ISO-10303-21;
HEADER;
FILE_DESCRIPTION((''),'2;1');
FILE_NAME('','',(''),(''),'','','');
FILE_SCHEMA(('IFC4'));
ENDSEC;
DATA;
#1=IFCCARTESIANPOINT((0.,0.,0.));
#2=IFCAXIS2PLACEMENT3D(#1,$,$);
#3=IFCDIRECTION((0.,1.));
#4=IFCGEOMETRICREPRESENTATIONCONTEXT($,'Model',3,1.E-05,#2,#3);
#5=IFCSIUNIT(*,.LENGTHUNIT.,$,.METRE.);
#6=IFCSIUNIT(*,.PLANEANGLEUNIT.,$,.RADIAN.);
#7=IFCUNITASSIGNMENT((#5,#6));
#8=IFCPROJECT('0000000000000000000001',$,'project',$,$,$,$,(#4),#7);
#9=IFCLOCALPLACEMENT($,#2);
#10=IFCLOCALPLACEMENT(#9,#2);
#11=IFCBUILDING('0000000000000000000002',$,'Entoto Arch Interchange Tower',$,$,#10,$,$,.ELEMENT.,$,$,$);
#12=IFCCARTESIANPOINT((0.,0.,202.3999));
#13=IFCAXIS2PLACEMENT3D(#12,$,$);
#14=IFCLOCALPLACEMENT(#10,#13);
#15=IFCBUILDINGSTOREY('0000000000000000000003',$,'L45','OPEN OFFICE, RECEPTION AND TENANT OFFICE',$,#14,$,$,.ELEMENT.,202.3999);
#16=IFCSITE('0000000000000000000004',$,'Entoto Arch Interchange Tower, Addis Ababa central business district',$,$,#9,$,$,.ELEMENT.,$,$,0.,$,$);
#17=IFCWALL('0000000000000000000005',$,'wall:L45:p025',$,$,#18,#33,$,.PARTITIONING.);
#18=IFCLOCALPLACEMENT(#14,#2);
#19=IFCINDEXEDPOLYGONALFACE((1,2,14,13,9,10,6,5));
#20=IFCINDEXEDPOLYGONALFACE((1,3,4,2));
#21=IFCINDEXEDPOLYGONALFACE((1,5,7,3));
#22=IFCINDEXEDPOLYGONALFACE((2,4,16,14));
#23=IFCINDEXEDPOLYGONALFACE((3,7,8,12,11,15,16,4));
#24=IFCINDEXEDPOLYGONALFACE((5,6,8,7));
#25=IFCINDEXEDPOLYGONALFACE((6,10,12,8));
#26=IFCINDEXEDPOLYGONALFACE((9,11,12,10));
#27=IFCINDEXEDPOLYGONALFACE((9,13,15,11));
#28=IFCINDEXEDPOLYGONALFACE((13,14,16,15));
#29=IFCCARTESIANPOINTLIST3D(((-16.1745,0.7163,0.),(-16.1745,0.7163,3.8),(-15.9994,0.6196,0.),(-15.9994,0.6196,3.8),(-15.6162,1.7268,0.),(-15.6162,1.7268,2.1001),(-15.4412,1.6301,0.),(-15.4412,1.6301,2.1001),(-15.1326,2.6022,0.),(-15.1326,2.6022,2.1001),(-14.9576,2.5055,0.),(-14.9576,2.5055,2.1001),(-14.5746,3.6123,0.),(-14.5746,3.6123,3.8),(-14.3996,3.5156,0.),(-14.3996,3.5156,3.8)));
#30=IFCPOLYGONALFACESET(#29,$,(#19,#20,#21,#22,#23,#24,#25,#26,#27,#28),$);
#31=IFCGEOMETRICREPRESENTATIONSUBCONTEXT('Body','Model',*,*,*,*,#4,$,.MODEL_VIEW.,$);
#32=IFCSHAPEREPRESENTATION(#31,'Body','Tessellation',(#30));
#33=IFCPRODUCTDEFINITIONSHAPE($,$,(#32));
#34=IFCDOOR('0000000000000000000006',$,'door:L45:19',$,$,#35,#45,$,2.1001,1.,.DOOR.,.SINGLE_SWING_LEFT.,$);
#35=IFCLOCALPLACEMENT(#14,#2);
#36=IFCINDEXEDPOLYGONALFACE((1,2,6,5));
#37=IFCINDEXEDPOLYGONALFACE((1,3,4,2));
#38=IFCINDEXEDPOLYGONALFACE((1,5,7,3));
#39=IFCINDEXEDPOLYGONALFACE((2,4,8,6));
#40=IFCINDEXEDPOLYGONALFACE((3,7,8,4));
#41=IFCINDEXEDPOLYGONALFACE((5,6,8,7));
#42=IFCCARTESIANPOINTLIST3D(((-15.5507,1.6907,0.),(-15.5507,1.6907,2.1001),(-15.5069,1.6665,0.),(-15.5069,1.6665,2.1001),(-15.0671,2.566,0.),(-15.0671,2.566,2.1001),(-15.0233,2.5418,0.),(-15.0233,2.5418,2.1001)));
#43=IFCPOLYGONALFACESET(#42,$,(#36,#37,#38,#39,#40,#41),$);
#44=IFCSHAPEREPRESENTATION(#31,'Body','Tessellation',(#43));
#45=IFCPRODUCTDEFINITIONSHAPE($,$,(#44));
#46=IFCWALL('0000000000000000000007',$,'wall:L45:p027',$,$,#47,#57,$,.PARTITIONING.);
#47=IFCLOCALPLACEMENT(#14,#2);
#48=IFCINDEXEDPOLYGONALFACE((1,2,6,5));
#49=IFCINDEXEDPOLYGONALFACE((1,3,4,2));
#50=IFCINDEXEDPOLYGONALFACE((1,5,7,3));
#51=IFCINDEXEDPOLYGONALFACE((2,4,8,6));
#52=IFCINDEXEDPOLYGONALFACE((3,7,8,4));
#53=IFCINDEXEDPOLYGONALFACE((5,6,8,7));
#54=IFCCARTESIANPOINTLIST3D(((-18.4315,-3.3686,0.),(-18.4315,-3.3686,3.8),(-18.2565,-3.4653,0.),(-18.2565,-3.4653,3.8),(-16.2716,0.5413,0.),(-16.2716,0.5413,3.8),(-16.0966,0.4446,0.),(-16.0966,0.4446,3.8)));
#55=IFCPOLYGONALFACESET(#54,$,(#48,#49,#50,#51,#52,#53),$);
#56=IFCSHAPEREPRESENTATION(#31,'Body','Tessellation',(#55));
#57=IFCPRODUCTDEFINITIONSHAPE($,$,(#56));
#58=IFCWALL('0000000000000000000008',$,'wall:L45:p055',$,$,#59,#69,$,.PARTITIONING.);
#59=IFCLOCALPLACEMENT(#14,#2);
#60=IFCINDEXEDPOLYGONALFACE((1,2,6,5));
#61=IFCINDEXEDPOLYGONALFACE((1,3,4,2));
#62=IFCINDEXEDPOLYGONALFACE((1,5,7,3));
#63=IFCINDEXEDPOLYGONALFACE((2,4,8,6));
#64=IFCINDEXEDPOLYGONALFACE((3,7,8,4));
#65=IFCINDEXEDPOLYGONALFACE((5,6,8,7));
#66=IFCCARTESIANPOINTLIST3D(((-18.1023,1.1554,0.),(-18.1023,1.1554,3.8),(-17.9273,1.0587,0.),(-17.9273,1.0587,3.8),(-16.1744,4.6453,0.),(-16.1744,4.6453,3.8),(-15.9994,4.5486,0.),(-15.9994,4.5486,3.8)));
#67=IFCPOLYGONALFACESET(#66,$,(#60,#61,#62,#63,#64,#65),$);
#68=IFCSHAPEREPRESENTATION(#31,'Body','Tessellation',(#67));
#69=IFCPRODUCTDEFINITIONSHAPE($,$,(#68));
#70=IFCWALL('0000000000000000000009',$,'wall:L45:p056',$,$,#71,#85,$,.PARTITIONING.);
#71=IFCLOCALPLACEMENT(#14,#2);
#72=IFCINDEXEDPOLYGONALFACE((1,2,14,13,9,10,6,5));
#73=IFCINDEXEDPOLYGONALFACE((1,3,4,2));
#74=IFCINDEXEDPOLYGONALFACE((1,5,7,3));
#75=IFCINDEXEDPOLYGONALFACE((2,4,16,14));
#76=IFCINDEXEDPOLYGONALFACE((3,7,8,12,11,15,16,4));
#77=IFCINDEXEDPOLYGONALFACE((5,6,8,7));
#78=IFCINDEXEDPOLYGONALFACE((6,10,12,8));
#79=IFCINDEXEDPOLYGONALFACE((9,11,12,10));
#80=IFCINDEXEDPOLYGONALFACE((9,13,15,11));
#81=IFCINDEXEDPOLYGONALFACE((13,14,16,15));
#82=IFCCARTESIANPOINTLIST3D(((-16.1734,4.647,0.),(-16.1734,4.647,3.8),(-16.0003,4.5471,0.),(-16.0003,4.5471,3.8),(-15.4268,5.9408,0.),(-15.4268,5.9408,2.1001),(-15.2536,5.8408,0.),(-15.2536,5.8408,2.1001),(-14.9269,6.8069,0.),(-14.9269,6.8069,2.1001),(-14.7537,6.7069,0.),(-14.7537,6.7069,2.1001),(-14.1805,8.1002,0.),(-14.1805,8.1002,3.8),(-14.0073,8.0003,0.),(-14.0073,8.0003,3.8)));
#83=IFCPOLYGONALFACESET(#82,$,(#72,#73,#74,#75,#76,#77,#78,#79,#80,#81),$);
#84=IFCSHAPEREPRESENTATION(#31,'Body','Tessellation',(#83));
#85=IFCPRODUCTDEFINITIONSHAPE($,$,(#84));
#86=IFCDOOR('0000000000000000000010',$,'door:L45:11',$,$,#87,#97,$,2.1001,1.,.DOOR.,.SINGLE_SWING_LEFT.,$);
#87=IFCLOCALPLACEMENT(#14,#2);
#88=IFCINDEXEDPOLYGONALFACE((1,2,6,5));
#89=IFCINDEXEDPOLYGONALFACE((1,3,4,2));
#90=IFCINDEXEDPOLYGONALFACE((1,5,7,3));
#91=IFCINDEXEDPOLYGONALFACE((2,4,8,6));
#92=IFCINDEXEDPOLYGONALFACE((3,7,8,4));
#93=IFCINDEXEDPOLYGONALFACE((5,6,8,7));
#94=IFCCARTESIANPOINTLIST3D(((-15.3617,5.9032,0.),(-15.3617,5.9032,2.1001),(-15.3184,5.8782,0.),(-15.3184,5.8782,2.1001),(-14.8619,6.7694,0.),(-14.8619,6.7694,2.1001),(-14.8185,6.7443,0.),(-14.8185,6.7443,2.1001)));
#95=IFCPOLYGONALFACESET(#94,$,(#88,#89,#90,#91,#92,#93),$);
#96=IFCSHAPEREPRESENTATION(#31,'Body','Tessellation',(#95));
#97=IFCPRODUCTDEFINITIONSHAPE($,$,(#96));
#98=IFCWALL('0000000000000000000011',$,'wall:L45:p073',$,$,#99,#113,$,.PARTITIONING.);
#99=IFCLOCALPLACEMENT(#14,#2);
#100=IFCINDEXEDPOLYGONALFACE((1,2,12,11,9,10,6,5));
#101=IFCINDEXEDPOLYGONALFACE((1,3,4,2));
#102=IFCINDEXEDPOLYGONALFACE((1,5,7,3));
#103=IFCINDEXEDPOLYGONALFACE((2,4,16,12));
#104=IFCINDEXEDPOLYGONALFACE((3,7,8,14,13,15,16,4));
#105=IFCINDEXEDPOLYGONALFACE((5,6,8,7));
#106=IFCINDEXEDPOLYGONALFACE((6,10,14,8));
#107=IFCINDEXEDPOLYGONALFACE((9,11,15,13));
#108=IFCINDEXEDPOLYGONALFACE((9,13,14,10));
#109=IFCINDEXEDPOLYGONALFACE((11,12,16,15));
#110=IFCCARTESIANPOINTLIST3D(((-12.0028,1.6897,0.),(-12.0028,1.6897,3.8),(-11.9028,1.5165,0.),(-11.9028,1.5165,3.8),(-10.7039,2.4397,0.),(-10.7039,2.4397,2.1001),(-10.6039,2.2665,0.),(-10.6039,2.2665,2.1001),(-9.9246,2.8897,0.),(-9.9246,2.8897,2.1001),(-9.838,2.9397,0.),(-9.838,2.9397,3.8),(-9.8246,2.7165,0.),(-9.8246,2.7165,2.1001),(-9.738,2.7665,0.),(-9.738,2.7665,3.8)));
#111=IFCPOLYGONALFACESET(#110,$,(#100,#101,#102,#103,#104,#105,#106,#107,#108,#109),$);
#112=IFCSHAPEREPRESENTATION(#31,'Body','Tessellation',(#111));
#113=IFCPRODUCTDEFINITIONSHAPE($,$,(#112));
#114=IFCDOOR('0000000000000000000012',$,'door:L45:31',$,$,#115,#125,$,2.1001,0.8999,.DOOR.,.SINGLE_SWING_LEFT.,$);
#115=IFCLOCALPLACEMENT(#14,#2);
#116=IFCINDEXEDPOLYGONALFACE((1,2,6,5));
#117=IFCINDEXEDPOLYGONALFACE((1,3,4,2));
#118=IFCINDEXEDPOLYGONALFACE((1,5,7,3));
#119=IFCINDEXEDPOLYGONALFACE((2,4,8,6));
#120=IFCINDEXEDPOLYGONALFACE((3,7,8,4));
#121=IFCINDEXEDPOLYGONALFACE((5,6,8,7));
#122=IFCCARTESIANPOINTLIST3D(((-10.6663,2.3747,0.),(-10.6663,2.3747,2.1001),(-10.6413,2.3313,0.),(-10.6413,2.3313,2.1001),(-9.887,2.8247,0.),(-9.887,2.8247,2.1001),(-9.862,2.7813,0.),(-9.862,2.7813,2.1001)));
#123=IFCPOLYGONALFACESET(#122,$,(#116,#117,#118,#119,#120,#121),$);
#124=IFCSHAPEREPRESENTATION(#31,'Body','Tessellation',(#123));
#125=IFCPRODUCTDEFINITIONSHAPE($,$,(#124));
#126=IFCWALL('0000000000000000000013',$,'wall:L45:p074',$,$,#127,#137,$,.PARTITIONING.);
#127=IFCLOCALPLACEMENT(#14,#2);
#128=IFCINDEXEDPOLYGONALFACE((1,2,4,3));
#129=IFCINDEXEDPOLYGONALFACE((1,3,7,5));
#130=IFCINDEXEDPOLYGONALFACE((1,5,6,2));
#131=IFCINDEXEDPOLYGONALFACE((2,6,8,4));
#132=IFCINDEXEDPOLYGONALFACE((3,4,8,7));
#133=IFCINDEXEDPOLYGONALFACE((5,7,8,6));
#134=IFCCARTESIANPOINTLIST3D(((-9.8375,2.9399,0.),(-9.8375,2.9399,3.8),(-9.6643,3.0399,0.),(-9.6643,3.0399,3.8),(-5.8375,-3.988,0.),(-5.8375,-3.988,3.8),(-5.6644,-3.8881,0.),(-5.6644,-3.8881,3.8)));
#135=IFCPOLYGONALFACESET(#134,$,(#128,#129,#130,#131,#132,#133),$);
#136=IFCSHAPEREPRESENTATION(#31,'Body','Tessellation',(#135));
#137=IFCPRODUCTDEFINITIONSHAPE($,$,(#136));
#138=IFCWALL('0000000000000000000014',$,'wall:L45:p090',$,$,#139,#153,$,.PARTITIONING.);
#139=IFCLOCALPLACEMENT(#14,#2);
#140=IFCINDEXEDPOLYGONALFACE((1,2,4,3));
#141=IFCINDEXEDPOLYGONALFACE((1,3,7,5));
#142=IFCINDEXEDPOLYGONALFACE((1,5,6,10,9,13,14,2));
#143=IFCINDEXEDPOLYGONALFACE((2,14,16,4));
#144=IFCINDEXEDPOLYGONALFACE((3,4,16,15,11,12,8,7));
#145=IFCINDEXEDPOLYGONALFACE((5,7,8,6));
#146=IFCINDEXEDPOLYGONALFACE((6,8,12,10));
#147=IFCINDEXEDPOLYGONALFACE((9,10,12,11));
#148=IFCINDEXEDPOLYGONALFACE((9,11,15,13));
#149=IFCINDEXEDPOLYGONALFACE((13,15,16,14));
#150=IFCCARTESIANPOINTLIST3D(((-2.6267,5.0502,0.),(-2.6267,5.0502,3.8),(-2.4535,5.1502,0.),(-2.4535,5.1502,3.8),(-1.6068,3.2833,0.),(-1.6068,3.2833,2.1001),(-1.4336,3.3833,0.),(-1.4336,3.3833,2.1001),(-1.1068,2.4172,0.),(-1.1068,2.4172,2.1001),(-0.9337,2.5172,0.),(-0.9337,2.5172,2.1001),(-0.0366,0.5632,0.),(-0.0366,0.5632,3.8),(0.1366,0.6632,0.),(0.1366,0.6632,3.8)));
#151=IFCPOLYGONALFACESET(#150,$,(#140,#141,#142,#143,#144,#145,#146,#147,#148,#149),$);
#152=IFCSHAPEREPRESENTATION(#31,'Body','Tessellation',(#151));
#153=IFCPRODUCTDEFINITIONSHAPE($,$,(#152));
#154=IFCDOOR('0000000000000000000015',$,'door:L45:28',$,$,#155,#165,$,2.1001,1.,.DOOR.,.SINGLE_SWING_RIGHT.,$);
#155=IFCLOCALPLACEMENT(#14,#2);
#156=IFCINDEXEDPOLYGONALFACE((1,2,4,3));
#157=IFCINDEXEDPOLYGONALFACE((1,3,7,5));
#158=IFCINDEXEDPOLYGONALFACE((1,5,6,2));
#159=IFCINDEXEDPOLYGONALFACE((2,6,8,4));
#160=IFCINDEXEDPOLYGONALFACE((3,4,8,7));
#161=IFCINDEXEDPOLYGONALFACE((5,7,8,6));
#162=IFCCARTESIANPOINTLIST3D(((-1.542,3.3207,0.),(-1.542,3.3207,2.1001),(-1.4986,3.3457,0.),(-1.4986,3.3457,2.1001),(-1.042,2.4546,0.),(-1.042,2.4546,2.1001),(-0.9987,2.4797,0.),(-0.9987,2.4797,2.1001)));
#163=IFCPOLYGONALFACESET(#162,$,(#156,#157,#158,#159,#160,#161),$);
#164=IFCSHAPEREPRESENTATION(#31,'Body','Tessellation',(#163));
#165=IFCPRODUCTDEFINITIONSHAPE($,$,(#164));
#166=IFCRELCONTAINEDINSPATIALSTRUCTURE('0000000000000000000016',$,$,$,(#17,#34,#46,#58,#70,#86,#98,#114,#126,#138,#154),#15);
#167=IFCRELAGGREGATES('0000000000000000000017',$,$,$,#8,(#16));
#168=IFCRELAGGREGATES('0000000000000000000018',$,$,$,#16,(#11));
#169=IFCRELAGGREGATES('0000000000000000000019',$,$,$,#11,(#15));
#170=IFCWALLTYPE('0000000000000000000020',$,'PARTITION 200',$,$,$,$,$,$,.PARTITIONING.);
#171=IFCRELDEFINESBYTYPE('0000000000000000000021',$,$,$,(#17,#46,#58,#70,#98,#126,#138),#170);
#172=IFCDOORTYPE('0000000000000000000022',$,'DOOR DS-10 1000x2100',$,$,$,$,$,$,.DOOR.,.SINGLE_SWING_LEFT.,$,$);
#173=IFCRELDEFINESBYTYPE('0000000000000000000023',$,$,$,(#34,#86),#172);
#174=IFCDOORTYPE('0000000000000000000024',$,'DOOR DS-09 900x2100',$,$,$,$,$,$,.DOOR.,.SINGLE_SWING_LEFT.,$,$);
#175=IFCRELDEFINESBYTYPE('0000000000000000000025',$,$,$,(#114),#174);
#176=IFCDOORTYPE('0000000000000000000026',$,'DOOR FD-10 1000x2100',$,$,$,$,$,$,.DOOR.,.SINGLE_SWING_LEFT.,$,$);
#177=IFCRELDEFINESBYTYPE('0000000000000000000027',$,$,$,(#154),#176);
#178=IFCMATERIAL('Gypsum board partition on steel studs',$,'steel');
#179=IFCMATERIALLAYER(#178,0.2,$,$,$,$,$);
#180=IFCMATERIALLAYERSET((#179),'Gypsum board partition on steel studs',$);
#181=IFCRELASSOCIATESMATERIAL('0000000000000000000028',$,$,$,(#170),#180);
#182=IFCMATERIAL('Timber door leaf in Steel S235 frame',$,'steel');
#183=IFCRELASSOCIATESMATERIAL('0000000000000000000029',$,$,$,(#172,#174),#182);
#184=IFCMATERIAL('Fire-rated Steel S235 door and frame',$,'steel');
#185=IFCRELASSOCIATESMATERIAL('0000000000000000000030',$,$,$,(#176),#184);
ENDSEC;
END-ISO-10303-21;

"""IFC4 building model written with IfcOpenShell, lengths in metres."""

from ifc_helpers import new_model, si_unit, direction, frame, frame_2d, origin, place, context, subcontext, project, spatial, rectangle, extrude, material, layer, layer_set, type_object, element, fill, save


model = new_model("IFC4")

# Units and contexts
model_context = context("Model", 3, precision=1e-05, world=origin(), true_north=direction((0.0, 1.0)))
body_context = subcontext(model_context, "Body", "Model", "MODEL_VIEW")
ifc_project = project(units=[si_unit("LENGTHUNIT", "METRE"), si_unit("PLANEANGLEUNIT", "RADIAN")], contexts=[model_context])

# Site, building, storey
site_placement = place(None, origin())
site = spatial("IfcSite", under=ifc_project, at=site_placement, Name="Entoto Arch Interchange Tower, Addis Ababa central business district", CompositionType="ELEMENT", RefElevation=0.0)
building_placement = place(site_placement, origin())
building = spatial("IfcBuilding", under=site, at=building_placement, Name="Entoto Arch Interchange Tower", CompositionType="ELEMENT")
storey_placement = place(building_placement, frame((0.0, 0.0, 202.3999)))
storey = spatial("IfcBuildingStorey", under=building, at=storey_placement, Name="L45", Description="OPEN OFFICE, RECEPTION AND TENANT OFFICE", CompositionType="ELEMENT", Elevation=202.3999)

# Shared definitions
ifc_material_1 = material(Name="Fire-rated Steel S235 door and frame", Category="steel")

# Shared definitions
ifc_material_2 = material(Name="Gypsum board partition on steel studs", Category="steel")
ifc_layer_1 = layer(ifc_material_2, 0.2)
ifc_layer_set_1 = layer_set([ifc_layer_1], Name="Gypsum board partition on steel studs")
wall_type_1 = type_object("IfcWallType", Name="PARTITION 200", PredefinedType="PARTITIONING", material=ifc_layer_set_1)

# Wall, opening, door
wall_1_placement = place(storey_placement, frame((-14.4871, 3.564, 0.0), z_axis=(0.0, 0.0, 1.0), x_axis=(-0.483555, -0.875314, 0.0)))
wall_1 = element("IfcWall", 1, at=wall_1_placement, inside=storey, type_object=wall_type_1, Name="wall:L45:p025", PredefinedType="PARTITIONING", context=body_context, shape_type="SweptSolid", body=[
    extrude(rectangle(XDim=3.3086, YDim=0.2, at=frame_2d((1.6543, 0.0))), origin(), (0.0, 0.0, 1.0), 3.8),
])
opening_1_placement = place(wall_1_placement, frame((1.1541, 0.0, 0.0)))
opening_1 = element("IfcOpeningElement", 2, at=opening_1_placement, cuts=wall_1, PredefinedType="OPENING", context=body_context, shape_type="SweptSolid", body=[
    extrude(rectangle(XDim=1.0, YDim=2.1001, at=frame_2d((0.5, 1.05))), frame((0.0, 0.1099, 0.0), z_axis=(0.0, -1.0, 0.0), x_axis=(1.0, 0.0, 0.0)), (0.0, 0.0, 1.0), 0.22),
])
ifc_material_3 = material(Name="Timber door leaf in Steel S235 frame", Category="steel")
door_type_1 = type_object("IfcDoorType", Name="DOOR DS-10 1000x2100", OperationType="SINGLE_SWING_LEFT", PredefinedType="DOOR", material=ifc_material_3)
door_1_placement = place(opening_1_placement, origin())
door_1 = element("IfcDoor", 3, at=door_1_placement, inside=storey, type_object=door_type_1, Name="door:L45:19", OperationType="SINGLE_SWING_LEFT", OverallHeight=2.1001, OverallWidth=1.0, PredefinedType="DOOR", context=body_context, shape_type="SweptSolid", body=[
    extrude(rectangle(XDim=1.0, YDim=2.1001, at=frame_2d((0.5, 1.05))), frame((0.0, 0.0249, 0.0), z_axis=(0.0, -1.0, 0.0), x_axis=(1.0, 0.0, 0.0)), (0.0, 0.0, 1.0), 0.05),
])
fill(opening_1, door_1)

# Walls
wall_2_placement = place(storey_placement, frame((-16.1841, 0.4929, 0.0), z_axis=(0.0, 0.0, 1.0), x_axis=(-0.483544, -0.87532, 0.0)))
element("IfcWall", 4, at=wall_2_placement, inside=storey, type_object=wall_type_1, Name="wall:L45:p027", PredefinedType="PARTITIONING", context=body_context, shape_type="SweptSolid", body=[
    extrude(rectangle(XDim=4.4668, YDim=0.2, at=frame_2d((2.2334, 0.0))), origin(), (0.0, 0.0, 1.0), 3.8),
])
wall_3_placement = place(storey_placement, frame((-18.0149, 1.1069, 0.0), z_axis=(0.0, 0.0, 1.0), x_axis=(0.483552, 0.875316, 0.0)))
element("IfcWall", 5, at=wall_3_placement, inside=storey, type_object=wall_type_1, Name="wall:L45:p055", PredefinedType="PARTITIONING", context=body_context, shape_type="SweptSolid", body=[
    extrude(rectangle(XDim=3.9871, YDim=0.2, at=frame_2d((1.9937, 0.0))), origin(), (0.0, 0.0, 1.0), 3.8),
])

# Walls, openings, doors
wall_4_placement = place(storey_placement, frame((-16.0869, 4.5969, 0.0), z_axis=(0.0, 0.0, 1.0), x_axis=(0.49986, 0.866106, 0.0)))
wall_4 = element("IfcWall", 6, at=wall_4_placement, inside=storey, type_object=wall_type_1, Name="wall:L45:p056", PredefinedType="PARTITIONING", context=body_context, shape_type="SweptSolid", body=[
    extrude(rectangle(XDim=3.9871, YDim=0.2, at=frame_2d((1.9937, 0.0))), origin(), (0.0, 0.0, 1.0), 3.8),
])
opening_2_placement = place(wall_4_placement, frame((1.4939, 0.0, 0.0)))
opening_2 = element("IfcOpeningElement", 7, at=opening_2_placement, cuts=wall_4, PredefinedType="OPENING", context=body_context, shape_type="SweptSolid", body=[
    extrude(rectangle(XDim=1.0, YDim=2.1001, at=frame_2d((0.5, 1.05))), frame((0.0, 0.1099, 0.0), z_axis=(0.0, -1.0, 0.0), x_axis=(1.0, 0.0, 0.0)), (0.0, 0.0, 1.0), 0.22),
])
door_2_placement = place(opening_2_placement, origin())
door_2 = element("IfcDoor", 8, at=door_2_placement, inside=storey, type_object=door_type_1, Name="door:L45:11", OperationType="SINGLE_SWING_LEFT", OverallHeight=2.1001, OverallWidth=1.0, PredefinedType="DOOR", context=body_context, shape_type="SweptSolid", body=[
    extrude(rectangle(XDim=1.0, YDim=2.1001, at=frame_2d((0.5, 1.05))), frame((0.0, 0.0249, 0.0), z_axis=(0.0, -1.0, 0.0), x_axis=(1.0, 0.0, 0.0)), (0.0, 0.0, 1.0), 0.05),
])
fill(opening_2, door_2)
wall_5_placement = place(storey_placement, frame((-11.9529, 1.603, 0.0), z_axis=(0.0, 0.0, 1.0), x_axis=(0.865999, 0.500047, 0.0)))
wall_5 = element("IfcWall", 9, at=wall_5_placement, inside=storey, type_object=wall_type_1, Name="wall:L45:p073", PredefinedType="PARTITIONING", context=body_context, shape_type="SweptSolid", body=[
    extrude(rectangle(XDim=2.4998, YDim=0.2, at=frame_2d((1.25, 0.0))), origin(), (0.0, 0.0, 1.0), 3.8),
])
opening_3_placement = place(wall_5_placement, frame((1.5, 0.0, 0.0)))
opening_3 = element("IfcOpeningElement", 10, at=opening_3_placement, cuts=wall_5, PredefinedType="OPENING", context=body_context, shape_type="SweptSolid", body=[
    extrude(rectangle(XDim=0.8999, YDim=2.1001, at=frame_2d((0.45, 1.05))), frame((0.0, 0.1099, 0.0), z_axis=(0.0, -1.0, 0.0), x_axis=(1.0, 0.0, 0.0)), (0.0, 0.0, 1.0), 0.22),
])
door_type_2 = type_object("IfcDoorType", Name="DOOR DS-09 900x2100", OperationType="SINGLE_SWING_LEFT", PredefinedType="DOOR", material=ifc_material_3)
door_3_placement = place(opening_3_placement, origin())
door_3 = element("IfcDoor", 11, at=door_3_placement, inside=storey, type_object=door_type_2, Name="door:L45:31", OperationType="SINGLE_SWING_LEFT", OverallHeight=2.1001, OverallWidth=0.8999, PredefinedType="DOOR", context=body_context, shape_type="SweptSolid", body=[
    extrude(rectangle(XDim=0.8999, YDim=2.1001, at=frame_2d((0.45, 1.05))), frame((0.0, 0.0249, 0.0), z_axis=(0.0, -1.0, 0.0), x_axis=(1.0, 0.0, 0.0)), (0.0, 0.0, 1.0), 0.05),
])
fill(opening_3, door_3)

# Wall
wall_6_placement = place(storey_placement, frame((-9.751, 2.99, 0.0), z_axis=(0.0, 0.0, 1.0), x_axis=(0.500012, -0.866018, 0.0)))
element("IfcWall", 12, at=wall_6_placement, inside=storey, type_object=wall_type_1, Name="wall:L45:p074", PredefinedType="PARTITIONING", context=body_context, shape_type="SweptSolid", body=[
    extrude(rectangle(XDim=7.9998, YDim=0.2, at=frame_2d((4.0, 0.0))), origin(), (0.0, 0.0, 1.0), 3.8),
])

# Wall, opening, door
wall_7_placement = place(storey_placement, frame((-2.54, 5.1001, 0.0), z_axis=(0.0, 0.0, 1.0), x_axis=(0.499925, -0.866069, 0.0)))
wall_7 = element("IfcWall", 13, at=wall_7_placement, inside=storey, type_object=wall_type_1, Name="wall:L45:p090", PredefinedType="PARTITIONING", context=body_context, shape_type="SweptSolid", body=[
    extrude(rectangle(XDim=5.1809, YDim=0.2, at=frame_2d((2.5903, 0.0))), origin(), (0.0, 0.0, 1.0), 3.8),
])
opening_4_placement = place(wall_7_placement, frame((2.04, 0.0, 0.0)))
opening_4 = element("IfcOpeningElement", 14, at=opening_4_placement, cuts=wall_7, PredefinedType="OPENING", context=body_context, shape_type="SweptSolid", body=[
    extrude(rectangle(XDim=1.0, YDim=2.1001, at=frame_2d((0.5, 1.05))), frame((0.0, 0.1099, 0.0), z_axis=(0.0, -1.0, 0.0), x_axis=(1.0, 0.0, 0.0)), (0.0, 0.0, 1.0), 0.22),
])
door_type_3 = type_object("IfcDoorType", Name="DOOR FD-10 1000x2100", OperationType="SINGLE_SWING_LEFT", PredefinedType="DOOR", material=ifc_material_1)
door_4_placement = place(opening_4_placement, origin())
door_4 = element("IfcDoor", 15, at=door_4_placement, inside=storey, type_object=door_type_3, Name="door:L45:28", OperationType="SINGLE_SWING_RIGHT", OverallHeight=2.1001, OverallWidth=1.0, PredefinedType="DOOR", context=body_context, shape_type="SweptSolid", body=[
    extrude(rectangle(XDim=1.0, YDim=2.1001, at=frame_2d((0.5, 1.05))), frame((0.0, 0.0249, 0.0), z_axis=(0.0, -1.0, 0.0), x_axis=(1.0, 0.0, 0.0)), (0.0, 0.0, 1.0), 0.05),
])
fill(opening_4, door_4)

save(model, "model.ifc")
